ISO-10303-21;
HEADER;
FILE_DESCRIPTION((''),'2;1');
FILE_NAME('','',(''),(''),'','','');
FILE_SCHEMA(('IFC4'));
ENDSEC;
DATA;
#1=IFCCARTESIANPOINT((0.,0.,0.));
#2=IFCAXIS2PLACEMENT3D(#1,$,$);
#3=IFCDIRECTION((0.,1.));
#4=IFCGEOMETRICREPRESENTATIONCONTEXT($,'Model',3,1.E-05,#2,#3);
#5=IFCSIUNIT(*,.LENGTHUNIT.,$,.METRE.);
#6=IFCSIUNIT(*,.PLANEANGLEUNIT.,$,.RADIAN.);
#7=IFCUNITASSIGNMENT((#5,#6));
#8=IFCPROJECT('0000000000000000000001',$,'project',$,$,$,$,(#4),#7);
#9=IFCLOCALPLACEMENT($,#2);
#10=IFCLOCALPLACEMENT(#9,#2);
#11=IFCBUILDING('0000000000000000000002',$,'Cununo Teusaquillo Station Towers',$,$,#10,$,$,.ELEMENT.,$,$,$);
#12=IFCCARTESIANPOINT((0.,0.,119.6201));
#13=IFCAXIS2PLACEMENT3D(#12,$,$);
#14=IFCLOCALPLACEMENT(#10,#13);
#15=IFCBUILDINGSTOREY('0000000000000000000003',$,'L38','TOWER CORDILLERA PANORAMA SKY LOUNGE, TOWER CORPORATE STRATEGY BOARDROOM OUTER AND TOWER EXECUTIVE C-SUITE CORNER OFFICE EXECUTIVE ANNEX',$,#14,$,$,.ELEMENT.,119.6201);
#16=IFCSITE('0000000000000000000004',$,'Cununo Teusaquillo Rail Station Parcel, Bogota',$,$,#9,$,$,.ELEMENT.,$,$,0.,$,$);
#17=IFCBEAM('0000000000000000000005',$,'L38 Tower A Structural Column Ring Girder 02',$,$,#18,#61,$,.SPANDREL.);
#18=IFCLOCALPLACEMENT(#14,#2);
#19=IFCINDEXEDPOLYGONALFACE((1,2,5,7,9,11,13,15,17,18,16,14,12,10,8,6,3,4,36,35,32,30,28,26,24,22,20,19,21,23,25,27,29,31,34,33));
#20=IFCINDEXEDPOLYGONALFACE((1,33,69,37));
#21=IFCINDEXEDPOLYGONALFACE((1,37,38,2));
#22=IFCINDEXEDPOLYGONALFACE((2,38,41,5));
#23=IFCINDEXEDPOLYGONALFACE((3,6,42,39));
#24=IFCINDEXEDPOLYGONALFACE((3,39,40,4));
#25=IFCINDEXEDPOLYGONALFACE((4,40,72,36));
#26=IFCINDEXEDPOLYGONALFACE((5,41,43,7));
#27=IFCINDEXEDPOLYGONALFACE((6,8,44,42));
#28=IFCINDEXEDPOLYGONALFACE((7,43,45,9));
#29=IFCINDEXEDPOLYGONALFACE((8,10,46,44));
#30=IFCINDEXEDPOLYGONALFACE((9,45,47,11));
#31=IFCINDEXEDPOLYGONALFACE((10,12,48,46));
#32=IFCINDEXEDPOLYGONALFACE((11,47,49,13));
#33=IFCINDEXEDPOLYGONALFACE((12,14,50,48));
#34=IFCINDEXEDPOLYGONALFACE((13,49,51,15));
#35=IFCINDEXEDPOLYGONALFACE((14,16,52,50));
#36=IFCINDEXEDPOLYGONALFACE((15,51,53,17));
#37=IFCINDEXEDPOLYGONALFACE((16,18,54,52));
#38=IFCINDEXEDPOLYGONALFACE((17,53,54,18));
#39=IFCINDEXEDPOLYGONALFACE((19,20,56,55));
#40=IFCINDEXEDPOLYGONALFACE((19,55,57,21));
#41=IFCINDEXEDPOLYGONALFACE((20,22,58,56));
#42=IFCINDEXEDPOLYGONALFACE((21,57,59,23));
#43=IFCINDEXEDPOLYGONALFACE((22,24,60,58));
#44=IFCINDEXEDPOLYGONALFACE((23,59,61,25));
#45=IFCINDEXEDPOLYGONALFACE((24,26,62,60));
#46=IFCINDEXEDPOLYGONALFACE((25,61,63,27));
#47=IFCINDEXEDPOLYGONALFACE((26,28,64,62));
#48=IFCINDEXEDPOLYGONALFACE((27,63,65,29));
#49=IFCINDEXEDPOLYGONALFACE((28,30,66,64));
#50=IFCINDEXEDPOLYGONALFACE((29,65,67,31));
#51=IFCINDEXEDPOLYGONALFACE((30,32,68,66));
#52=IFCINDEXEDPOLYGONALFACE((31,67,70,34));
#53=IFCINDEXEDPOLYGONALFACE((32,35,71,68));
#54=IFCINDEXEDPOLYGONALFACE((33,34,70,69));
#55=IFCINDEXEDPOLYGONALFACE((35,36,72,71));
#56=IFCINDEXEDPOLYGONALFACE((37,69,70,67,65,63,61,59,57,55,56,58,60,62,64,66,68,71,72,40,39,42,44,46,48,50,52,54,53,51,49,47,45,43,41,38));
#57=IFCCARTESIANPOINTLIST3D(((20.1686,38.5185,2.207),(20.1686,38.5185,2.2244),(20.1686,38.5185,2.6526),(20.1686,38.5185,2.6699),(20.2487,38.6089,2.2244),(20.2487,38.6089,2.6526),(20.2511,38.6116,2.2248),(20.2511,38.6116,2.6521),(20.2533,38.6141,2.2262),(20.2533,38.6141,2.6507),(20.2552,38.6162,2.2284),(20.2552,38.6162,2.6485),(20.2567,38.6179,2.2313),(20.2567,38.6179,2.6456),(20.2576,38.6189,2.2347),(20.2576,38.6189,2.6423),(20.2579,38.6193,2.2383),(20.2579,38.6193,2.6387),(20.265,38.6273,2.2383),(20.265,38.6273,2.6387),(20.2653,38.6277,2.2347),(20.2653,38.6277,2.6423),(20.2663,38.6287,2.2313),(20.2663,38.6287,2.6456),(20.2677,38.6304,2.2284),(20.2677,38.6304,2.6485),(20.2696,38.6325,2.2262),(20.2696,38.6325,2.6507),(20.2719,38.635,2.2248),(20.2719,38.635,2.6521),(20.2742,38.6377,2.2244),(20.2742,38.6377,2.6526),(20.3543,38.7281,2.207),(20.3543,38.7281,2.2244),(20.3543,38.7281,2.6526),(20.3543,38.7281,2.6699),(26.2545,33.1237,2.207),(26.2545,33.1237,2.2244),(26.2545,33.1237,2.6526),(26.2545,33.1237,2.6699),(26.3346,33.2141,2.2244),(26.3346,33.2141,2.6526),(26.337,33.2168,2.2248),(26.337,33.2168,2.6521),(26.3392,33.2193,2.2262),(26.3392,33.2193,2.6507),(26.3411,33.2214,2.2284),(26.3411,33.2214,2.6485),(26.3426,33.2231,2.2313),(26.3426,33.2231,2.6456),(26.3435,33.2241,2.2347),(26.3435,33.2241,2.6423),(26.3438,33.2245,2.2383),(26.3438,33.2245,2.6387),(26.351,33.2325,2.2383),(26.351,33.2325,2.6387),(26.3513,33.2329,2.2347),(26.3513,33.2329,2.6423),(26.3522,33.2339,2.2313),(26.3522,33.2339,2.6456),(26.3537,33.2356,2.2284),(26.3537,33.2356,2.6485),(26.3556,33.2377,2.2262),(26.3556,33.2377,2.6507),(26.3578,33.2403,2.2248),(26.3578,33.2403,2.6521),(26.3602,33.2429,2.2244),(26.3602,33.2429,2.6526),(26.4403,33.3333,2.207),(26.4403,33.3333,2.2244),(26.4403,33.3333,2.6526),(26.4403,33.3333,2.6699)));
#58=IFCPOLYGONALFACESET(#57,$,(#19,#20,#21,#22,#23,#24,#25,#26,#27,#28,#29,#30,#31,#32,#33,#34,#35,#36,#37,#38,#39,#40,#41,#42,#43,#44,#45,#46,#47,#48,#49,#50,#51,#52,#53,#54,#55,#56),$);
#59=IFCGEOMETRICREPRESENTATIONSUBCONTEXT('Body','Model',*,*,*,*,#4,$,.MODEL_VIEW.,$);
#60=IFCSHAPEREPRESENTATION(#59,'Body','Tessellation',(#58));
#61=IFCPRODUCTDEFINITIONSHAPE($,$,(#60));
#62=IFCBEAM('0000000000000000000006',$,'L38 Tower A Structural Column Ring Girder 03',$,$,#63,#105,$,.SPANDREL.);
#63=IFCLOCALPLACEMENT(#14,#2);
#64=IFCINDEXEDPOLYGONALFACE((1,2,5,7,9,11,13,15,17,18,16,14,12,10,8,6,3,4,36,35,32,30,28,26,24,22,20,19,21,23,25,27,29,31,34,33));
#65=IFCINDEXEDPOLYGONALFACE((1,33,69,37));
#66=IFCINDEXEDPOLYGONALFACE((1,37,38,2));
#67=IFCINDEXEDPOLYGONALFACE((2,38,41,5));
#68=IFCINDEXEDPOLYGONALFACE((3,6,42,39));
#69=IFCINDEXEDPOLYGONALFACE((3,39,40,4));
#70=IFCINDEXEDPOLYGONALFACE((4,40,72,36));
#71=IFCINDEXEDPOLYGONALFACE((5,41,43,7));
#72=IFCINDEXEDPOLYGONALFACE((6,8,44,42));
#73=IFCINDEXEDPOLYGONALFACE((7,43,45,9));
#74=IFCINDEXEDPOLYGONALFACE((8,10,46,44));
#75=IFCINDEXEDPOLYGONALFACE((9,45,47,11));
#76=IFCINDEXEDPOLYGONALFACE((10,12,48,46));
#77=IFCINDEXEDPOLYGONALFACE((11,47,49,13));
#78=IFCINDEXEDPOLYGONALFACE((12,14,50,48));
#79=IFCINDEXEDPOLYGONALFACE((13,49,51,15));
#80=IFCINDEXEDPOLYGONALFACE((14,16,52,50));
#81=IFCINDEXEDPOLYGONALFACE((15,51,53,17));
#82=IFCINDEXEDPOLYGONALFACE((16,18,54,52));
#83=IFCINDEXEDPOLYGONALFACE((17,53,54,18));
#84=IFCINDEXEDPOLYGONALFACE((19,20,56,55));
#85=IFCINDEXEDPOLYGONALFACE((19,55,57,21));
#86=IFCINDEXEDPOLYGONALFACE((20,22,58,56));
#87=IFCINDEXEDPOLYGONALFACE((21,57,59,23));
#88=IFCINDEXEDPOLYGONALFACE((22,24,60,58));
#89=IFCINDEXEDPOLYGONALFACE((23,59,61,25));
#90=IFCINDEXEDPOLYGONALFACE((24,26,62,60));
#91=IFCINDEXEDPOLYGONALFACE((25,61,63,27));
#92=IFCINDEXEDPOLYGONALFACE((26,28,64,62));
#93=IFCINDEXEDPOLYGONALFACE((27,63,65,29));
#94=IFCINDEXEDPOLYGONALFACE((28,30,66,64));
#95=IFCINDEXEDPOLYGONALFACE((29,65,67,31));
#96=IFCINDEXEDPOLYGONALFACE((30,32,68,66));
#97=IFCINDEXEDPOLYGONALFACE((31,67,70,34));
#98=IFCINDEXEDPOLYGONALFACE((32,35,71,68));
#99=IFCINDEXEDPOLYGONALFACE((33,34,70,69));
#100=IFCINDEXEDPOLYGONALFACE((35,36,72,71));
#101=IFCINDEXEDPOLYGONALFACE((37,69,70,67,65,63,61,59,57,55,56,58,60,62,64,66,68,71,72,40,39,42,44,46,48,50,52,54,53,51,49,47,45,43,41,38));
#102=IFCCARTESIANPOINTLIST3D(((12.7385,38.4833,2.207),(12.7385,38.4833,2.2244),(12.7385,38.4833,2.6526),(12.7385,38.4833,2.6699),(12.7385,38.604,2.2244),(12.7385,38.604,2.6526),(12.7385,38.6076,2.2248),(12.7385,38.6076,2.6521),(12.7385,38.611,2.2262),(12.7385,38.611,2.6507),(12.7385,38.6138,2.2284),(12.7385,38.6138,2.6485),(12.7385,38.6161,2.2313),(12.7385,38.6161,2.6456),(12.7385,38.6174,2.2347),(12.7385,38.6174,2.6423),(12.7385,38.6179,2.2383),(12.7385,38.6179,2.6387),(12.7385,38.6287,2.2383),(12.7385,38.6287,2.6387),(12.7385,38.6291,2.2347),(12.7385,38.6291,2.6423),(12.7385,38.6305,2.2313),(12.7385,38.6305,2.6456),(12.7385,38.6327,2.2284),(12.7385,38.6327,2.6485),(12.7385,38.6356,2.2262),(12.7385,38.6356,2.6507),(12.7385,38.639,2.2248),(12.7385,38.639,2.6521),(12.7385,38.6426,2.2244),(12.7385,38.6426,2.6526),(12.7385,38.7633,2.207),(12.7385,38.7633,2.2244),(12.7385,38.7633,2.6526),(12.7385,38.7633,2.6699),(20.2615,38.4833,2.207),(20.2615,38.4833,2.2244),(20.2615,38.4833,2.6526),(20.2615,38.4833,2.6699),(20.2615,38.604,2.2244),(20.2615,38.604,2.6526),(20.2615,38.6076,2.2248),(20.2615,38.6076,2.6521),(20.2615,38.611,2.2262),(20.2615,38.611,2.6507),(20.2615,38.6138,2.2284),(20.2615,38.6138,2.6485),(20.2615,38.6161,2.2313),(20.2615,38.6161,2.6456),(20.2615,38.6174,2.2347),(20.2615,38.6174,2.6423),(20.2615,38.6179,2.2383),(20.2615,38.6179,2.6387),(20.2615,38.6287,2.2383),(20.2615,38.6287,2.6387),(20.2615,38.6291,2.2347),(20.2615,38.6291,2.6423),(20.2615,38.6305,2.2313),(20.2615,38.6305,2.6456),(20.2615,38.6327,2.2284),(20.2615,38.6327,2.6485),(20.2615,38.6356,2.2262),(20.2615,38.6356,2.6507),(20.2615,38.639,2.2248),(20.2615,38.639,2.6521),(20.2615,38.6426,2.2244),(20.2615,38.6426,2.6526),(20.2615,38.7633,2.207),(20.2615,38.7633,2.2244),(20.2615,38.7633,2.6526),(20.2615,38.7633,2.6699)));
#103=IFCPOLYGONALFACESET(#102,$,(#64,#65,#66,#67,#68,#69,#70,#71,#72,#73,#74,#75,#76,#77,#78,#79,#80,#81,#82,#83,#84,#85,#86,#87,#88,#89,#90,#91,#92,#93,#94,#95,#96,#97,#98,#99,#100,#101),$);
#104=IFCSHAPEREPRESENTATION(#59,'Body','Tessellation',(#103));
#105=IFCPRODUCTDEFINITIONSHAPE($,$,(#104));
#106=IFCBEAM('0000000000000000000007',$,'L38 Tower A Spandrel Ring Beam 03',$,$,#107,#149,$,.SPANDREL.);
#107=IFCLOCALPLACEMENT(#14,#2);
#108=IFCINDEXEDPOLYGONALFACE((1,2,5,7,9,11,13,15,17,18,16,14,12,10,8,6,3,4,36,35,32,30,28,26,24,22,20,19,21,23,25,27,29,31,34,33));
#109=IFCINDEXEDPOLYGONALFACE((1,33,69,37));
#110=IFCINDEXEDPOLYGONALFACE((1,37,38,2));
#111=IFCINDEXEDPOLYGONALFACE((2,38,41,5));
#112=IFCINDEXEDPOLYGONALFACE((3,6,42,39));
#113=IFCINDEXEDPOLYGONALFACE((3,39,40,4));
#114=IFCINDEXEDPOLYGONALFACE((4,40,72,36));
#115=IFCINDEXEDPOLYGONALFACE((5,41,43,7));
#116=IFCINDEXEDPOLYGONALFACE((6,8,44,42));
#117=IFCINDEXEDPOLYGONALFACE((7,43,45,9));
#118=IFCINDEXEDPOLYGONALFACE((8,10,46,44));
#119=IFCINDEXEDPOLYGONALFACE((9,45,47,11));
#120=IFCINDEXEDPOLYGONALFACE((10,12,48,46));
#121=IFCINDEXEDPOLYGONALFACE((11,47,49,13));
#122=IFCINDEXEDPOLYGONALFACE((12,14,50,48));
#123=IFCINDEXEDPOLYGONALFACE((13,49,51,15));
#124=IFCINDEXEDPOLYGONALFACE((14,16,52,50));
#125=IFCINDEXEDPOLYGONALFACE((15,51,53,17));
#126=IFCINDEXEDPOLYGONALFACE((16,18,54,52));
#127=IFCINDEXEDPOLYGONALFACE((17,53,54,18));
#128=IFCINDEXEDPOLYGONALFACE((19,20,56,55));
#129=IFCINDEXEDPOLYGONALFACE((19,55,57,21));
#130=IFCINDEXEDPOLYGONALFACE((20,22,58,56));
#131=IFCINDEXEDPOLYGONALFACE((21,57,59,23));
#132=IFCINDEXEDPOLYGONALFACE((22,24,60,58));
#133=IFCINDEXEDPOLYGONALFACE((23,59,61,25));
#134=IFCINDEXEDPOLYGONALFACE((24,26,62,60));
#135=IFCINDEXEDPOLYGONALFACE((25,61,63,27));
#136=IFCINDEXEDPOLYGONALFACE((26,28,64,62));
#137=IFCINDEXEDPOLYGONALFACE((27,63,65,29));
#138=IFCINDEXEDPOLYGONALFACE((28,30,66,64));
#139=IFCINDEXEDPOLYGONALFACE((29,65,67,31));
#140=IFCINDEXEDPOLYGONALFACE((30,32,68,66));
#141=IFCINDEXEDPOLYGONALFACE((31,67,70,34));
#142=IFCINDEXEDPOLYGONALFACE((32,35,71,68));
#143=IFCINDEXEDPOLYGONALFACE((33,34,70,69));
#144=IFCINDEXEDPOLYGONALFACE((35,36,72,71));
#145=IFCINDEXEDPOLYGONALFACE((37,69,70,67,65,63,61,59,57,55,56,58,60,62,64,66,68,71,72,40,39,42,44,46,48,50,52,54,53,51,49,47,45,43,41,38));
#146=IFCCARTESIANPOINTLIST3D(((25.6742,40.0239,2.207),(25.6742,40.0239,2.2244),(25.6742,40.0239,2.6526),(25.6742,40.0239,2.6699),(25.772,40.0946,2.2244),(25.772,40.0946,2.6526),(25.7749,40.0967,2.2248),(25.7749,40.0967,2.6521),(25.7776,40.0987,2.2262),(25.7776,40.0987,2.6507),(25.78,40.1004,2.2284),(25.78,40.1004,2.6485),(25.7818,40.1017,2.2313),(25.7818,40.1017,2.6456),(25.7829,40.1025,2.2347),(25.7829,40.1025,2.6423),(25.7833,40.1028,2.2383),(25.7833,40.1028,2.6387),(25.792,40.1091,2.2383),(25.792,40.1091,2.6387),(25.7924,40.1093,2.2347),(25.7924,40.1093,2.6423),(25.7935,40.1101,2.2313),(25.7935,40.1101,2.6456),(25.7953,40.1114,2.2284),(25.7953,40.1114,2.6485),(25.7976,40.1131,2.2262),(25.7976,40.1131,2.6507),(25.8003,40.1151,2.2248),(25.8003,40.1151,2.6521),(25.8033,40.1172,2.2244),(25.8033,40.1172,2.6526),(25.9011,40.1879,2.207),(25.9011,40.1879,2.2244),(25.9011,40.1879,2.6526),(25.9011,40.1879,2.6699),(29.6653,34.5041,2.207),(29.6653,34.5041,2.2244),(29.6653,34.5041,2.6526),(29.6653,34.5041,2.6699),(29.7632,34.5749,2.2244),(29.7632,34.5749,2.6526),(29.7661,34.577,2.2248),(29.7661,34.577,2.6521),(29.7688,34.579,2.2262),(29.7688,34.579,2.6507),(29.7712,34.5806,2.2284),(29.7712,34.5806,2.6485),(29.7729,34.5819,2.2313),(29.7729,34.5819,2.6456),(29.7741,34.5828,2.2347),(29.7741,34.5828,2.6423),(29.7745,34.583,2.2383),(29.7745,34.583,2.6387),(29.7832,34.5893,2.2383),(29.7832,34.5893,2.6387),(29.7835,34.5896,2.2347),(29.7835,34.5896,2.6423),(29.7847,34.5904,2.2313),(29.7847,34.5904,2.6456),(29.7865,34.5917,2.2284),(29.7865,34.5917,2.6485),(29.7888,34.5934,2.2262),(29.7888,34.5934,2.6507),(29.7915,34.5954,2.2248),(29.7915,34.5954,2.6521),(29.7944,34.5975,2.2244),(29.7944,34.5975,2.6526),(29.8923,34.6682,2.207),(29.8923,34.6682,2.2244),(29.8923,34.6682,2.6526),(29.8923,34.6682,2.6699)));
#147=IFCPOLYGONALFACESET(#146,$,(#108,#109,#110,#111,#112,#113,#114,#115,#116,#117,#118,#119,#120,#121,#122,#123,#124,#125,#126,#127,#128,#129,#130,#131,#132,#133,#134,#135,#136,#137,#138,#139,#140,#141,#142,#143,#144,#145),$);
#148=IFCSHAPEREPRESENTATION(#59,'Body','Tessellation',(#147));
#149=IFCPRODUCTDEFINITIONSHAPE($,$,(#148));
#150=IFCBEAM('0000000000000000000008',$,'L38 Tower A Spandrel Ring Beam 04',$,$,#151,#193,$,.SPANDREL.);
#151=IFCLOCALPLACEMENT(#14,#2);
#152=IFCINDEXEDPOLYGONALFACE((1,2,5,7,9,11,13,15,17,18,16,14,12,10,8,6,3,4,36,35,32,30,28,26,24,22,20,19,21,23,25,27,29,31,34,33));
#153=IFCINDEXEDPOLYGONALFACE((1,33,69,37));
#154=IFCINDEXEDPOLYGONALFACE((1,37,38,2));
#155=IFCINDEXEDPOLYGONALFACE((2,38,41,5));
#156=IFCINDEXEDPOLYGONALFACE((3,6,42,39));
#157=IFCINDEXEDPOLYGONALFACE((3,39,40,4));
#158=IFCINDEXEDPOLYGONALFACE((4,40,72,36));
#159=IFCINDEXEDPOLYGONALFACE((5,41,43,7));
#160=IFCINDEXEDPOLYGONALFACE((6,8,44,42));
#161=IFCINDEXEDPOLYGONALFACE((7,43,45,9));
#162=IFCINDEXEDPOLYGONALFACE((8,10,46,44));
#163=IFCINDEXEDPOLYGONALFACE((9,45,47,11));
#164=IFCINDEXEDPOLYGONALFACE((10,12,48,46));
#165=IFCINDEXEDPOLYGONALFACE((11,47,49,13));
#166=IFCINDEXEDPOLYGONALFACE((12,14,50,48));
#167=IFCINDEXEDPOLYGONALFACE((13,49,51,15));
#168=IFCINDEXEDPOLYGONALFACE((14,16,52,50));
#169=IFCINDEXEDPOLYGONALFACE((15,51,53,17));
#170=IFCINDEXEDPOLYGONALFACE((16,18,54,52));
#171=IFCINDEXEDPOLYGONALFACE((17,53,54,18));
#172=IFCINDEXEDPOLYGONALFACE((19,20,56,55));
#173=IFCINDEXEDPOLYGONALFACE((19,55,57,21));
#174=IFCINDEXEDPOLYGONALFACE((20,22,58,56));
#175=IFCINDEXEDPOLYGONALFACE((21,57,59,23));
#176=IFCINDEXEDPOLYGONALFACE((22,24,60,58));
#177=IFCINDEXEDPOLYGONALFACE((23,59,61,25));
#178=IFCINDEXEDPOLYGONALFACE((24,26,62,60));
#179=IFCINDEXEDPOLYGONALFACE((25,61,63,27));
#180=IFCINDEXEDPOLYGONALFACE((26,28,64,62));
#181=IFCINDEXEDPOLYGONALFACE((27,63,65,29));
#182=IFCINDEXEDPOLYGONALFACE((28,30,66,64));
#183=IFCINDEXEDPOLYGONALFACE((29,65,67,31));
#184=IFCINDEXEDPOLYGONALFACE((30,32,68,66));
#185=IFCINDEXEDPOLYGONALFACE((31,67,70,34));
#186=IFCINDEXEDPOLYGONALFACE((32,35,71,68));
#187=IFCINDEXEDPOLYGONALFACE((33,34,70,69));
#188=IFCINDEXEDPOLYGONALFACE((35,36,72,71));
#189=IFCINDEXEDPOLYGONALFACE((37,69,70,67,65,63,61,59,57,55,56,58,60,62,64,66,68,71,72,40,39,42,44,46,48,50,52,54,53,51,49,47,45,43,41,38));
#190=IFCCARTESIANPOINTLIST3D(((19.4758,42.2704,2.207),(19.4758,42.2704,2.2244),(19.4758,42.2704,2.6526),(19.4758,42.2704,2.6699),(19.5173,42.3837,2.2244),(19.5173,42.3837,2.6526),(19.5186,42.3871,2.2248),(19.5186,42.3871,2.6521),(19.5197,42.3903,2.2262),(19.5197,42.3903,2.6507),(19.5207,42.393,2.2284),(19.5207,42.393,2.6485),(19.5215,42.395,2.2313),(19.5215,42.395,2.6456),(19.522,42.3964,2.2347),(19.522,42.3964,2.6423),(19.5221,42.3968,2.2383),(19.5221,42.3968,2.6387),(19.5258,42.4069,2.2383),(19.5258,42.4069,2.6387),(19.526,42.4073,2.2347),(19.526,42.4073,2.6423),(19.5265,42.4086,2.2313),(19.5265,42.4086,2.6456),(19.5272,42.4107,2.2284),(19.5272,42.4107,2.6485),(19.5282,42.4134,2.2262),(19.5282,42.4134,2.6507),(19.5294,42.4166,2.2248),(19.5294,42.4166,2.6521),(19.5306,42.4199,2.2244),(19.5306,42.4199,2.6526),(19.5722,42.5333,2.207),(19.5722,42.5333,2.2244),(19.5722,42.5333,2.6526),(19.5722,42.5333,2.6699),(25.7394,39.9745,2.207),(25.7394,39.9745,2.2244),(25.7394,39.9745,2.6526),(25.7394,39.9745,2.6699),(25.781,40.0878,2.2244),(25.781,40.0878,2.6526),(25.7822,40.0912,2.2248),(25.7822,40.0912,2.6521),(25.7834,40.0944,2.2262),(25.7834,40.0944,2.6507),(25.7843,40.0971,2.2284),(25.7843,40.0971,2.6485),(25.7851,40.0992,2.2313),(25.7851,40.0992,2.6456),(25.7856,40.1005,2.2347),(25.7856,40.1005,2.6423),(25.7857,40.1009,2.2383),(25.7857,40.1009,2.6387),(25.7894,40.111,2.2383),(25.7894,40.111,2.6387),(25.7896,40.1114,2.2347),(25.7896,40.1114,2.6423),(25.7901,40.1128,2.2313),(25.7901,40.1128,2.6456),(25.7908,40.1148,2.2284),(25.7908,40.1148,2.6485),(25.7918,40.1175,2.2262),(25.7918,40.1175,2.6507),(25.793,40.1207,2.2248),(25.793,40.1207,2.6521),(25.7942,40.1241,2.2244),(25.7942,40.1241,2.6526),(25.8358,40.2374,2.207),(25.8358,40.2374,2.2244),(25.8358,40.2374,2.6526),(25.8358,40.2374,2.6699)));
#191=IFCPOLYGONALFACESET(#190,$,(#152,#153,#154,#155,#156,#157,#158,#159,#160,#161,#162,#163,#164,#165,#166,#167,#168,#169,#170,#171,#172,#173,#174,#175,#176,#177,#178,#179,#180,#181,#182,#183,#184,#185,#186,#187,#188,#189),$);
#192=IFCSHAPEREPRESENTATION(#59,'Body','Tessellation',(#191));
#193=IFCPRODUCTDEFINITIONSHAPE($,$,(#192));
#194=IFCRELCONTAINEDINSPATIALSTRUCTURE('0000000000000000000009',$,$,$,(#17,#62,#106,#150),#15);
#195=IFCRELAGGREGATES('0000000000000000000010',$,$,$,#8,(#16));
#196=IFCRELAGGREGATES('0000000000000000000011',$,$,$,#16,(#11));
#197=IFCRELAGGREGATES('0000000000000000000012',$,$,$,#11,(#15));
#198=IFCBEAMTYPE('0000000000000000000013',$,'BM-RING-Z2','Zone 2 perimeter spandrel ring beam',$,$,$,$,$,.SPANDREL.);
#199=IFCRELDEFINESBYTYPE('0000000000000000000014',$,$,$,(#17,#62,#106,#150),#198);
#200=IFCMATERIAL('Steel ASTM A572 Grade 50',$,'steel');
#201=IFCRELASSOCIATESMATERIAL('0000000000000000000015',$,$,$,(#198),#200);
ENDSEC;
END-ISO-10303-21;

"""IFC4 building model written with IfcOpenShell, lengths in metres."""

from ifc_helpers import new_model, si_unit, direction, frame, origin, origin_2d, place, context, subcontext, project, spatial, i_section, extrude, material, material_profile, profile_set, type_object, element, save


model = new_model("IFC4")

# Units and contexts
model_context = context("Model", 3, precision=1e-05, world=origin(), true_north=direction((0.0, 1.0)))
body_context = subcontext(model_context, "Body", "Model", "MODEL_VIEW")
ifc_project = project(units=[si_unit("LENGTHUNIT", "METRE"), si_unit("PLANEANGLEUNIT", "RADIAN")], contexts=[model_context])

# Site, building, storey
site_placement = place(None, origin())
site = spatial("IfcSite", under=ifc_project, at=site_placement, Name="Cununo Teusaquillo Rail Station Parcel, Bogota", CompositionType="ELEMENT", RefElevation=0.0)
building_placement = place(site_placement, origin())
building = spatial("IfcBuilding", under=site, at=building_placement, Name="Cununo Teusaquillo Station Towers", CompositionType="ELEMENT")
storey_placement = place(building_placement, frame((0.0, 0.0, 119.6201)))
storey = spatial("IfcBuildingStorey", under=building, at=storey_placement, Name="L38", Description="TOWER CORDILLERA PANORAMA SKY LOUNGE, TOWER CORPORATE STRATEGY BOARDROOM OUTER AND TOWER EXECUTIVE C-SUITE CORNER OFFICE EXECUTIVE ANNEX", CompositionType="ELEMENT", Elevation=119.6201)

# Beams
ifc_material_1 = material(Name="Steel ASTM A572 Grade 50", Category="steel")
ifc_material_profile_1 = material_profile(ifc_material_1, i_section(OverallWidth=0.28, OverallDepth=0.4629, WebThickness=0.0107, FlangeThickness=0.0173, FilletRadius=0.0139, at=origin_2d()), Name="W18X76")
ifc_profile_set_1 = profile_set([ifc_material_profile_1], Name="Steel ASTM A572 Grade 50")
beam_type_1 = type_object("IfcBeamType", Name="BM-RING-Z2", Description="Zone 2 perimeter spandrel ring beam", PredefinedType="SPANDREL", material=ifc_profile_set_1)
beam_1_placement = place(storey_placement, frame((26.3474, 33.2285, 2.4385), z_axis=(-0.748321, 0.663337, 0.0), x_axis=(-0.663337, -0.748321, 0.0)))
element("IfcBeam", 1, at=beam_1_placement, inside=storey, type_object=beam_type_1, Name="L38 Tower A Structural Column Ring Girder 02", PredefinedType="SPANDREL", context=body_context, shape_type="SweptSolid", body=[
    extrude(i_section(OverallWidth=0.28, OverallDepth=0.4629, WebThickness=0.0107, FlangeThickness=0.0173, FilletRadius=0.0139, at=origin_2d()), origin(), (0.0, 0.0, 1.0), 8.1328),
])
beam_2_placement = place(storey_placement, frame((20.2615, 38.6233, 2.4385), z_axis=(-1.0, 0.0, 0.0), x_axis=(0.0, -1.0, 0.0)))
element("IfcBeam", 2, at=beam_2_placement, inside=storey, type_object=beam_type_1, Name="L38 Tower A Structural Column Ring Girder 03", PredefinedType="SPANDREL", context=body_context, shape_type="SweptSolid", body=[
    extrude(i_section(OverallWidth=0.28, OverallDepth=0.4629, WebThickness=0.0107, FlangeThickness=0.0173, FilletRadius=0.0139, at=origin_2d()), origin(), (0.0, 0.0, 1.0), 7.5229),
])
beam_3_placement = place(storey_placement, frame((29.7788, 34.5862, 2.4385), z_axis=(-0.585945, 0.810351, 0.0), x_axis=(-0.810351, -0.585945, 0.0)))
element("IfcBeam", 3, at=beam_3_placement, inside=storey, type_object=beam_type_1, Name="L38 Tower A Spandrel Ring Beam 03", PredefinedType="SPANDREL", context=body_context, shape_type="SweptSolid", body=[
    extrude(i_section(OverallWidth=0.28, OverallDepth=0.4629, WebThickness=0.0107, FlangeThickness=0.0173, FilletRadius=0.0139, at=origin_2d()), origin(), (0.0, 0.0, 1.0), 6.8115),
])
beam_4_placement = place(storey_placement, frame((25.7876, 40.106, 2.4385), z_axis=(-0.938914, 0.344151, 0.0), x_axis=(-0.344151, -0.938914, 0.0)))
element("IfcBeam", 4, at=beam_4_placement, inside=storey, type_object=beam_type_1, Name="L38 Tower A Spandrel Ring Beam 04", PredefinedType="SPANDREL", context=body_context, shape_type="SweptSolid", body=[
    extrude(i_section(OverallWidth=0.28, OverallDepth=0.4629, WebThickness=0.0107, FlangeThickness=0.0173, FilletRadius=0.0139, at=origin_2d()), origin(), (0.0, 0.0, 1.0), 6.6711),
])

save(model, "model.ifc")
